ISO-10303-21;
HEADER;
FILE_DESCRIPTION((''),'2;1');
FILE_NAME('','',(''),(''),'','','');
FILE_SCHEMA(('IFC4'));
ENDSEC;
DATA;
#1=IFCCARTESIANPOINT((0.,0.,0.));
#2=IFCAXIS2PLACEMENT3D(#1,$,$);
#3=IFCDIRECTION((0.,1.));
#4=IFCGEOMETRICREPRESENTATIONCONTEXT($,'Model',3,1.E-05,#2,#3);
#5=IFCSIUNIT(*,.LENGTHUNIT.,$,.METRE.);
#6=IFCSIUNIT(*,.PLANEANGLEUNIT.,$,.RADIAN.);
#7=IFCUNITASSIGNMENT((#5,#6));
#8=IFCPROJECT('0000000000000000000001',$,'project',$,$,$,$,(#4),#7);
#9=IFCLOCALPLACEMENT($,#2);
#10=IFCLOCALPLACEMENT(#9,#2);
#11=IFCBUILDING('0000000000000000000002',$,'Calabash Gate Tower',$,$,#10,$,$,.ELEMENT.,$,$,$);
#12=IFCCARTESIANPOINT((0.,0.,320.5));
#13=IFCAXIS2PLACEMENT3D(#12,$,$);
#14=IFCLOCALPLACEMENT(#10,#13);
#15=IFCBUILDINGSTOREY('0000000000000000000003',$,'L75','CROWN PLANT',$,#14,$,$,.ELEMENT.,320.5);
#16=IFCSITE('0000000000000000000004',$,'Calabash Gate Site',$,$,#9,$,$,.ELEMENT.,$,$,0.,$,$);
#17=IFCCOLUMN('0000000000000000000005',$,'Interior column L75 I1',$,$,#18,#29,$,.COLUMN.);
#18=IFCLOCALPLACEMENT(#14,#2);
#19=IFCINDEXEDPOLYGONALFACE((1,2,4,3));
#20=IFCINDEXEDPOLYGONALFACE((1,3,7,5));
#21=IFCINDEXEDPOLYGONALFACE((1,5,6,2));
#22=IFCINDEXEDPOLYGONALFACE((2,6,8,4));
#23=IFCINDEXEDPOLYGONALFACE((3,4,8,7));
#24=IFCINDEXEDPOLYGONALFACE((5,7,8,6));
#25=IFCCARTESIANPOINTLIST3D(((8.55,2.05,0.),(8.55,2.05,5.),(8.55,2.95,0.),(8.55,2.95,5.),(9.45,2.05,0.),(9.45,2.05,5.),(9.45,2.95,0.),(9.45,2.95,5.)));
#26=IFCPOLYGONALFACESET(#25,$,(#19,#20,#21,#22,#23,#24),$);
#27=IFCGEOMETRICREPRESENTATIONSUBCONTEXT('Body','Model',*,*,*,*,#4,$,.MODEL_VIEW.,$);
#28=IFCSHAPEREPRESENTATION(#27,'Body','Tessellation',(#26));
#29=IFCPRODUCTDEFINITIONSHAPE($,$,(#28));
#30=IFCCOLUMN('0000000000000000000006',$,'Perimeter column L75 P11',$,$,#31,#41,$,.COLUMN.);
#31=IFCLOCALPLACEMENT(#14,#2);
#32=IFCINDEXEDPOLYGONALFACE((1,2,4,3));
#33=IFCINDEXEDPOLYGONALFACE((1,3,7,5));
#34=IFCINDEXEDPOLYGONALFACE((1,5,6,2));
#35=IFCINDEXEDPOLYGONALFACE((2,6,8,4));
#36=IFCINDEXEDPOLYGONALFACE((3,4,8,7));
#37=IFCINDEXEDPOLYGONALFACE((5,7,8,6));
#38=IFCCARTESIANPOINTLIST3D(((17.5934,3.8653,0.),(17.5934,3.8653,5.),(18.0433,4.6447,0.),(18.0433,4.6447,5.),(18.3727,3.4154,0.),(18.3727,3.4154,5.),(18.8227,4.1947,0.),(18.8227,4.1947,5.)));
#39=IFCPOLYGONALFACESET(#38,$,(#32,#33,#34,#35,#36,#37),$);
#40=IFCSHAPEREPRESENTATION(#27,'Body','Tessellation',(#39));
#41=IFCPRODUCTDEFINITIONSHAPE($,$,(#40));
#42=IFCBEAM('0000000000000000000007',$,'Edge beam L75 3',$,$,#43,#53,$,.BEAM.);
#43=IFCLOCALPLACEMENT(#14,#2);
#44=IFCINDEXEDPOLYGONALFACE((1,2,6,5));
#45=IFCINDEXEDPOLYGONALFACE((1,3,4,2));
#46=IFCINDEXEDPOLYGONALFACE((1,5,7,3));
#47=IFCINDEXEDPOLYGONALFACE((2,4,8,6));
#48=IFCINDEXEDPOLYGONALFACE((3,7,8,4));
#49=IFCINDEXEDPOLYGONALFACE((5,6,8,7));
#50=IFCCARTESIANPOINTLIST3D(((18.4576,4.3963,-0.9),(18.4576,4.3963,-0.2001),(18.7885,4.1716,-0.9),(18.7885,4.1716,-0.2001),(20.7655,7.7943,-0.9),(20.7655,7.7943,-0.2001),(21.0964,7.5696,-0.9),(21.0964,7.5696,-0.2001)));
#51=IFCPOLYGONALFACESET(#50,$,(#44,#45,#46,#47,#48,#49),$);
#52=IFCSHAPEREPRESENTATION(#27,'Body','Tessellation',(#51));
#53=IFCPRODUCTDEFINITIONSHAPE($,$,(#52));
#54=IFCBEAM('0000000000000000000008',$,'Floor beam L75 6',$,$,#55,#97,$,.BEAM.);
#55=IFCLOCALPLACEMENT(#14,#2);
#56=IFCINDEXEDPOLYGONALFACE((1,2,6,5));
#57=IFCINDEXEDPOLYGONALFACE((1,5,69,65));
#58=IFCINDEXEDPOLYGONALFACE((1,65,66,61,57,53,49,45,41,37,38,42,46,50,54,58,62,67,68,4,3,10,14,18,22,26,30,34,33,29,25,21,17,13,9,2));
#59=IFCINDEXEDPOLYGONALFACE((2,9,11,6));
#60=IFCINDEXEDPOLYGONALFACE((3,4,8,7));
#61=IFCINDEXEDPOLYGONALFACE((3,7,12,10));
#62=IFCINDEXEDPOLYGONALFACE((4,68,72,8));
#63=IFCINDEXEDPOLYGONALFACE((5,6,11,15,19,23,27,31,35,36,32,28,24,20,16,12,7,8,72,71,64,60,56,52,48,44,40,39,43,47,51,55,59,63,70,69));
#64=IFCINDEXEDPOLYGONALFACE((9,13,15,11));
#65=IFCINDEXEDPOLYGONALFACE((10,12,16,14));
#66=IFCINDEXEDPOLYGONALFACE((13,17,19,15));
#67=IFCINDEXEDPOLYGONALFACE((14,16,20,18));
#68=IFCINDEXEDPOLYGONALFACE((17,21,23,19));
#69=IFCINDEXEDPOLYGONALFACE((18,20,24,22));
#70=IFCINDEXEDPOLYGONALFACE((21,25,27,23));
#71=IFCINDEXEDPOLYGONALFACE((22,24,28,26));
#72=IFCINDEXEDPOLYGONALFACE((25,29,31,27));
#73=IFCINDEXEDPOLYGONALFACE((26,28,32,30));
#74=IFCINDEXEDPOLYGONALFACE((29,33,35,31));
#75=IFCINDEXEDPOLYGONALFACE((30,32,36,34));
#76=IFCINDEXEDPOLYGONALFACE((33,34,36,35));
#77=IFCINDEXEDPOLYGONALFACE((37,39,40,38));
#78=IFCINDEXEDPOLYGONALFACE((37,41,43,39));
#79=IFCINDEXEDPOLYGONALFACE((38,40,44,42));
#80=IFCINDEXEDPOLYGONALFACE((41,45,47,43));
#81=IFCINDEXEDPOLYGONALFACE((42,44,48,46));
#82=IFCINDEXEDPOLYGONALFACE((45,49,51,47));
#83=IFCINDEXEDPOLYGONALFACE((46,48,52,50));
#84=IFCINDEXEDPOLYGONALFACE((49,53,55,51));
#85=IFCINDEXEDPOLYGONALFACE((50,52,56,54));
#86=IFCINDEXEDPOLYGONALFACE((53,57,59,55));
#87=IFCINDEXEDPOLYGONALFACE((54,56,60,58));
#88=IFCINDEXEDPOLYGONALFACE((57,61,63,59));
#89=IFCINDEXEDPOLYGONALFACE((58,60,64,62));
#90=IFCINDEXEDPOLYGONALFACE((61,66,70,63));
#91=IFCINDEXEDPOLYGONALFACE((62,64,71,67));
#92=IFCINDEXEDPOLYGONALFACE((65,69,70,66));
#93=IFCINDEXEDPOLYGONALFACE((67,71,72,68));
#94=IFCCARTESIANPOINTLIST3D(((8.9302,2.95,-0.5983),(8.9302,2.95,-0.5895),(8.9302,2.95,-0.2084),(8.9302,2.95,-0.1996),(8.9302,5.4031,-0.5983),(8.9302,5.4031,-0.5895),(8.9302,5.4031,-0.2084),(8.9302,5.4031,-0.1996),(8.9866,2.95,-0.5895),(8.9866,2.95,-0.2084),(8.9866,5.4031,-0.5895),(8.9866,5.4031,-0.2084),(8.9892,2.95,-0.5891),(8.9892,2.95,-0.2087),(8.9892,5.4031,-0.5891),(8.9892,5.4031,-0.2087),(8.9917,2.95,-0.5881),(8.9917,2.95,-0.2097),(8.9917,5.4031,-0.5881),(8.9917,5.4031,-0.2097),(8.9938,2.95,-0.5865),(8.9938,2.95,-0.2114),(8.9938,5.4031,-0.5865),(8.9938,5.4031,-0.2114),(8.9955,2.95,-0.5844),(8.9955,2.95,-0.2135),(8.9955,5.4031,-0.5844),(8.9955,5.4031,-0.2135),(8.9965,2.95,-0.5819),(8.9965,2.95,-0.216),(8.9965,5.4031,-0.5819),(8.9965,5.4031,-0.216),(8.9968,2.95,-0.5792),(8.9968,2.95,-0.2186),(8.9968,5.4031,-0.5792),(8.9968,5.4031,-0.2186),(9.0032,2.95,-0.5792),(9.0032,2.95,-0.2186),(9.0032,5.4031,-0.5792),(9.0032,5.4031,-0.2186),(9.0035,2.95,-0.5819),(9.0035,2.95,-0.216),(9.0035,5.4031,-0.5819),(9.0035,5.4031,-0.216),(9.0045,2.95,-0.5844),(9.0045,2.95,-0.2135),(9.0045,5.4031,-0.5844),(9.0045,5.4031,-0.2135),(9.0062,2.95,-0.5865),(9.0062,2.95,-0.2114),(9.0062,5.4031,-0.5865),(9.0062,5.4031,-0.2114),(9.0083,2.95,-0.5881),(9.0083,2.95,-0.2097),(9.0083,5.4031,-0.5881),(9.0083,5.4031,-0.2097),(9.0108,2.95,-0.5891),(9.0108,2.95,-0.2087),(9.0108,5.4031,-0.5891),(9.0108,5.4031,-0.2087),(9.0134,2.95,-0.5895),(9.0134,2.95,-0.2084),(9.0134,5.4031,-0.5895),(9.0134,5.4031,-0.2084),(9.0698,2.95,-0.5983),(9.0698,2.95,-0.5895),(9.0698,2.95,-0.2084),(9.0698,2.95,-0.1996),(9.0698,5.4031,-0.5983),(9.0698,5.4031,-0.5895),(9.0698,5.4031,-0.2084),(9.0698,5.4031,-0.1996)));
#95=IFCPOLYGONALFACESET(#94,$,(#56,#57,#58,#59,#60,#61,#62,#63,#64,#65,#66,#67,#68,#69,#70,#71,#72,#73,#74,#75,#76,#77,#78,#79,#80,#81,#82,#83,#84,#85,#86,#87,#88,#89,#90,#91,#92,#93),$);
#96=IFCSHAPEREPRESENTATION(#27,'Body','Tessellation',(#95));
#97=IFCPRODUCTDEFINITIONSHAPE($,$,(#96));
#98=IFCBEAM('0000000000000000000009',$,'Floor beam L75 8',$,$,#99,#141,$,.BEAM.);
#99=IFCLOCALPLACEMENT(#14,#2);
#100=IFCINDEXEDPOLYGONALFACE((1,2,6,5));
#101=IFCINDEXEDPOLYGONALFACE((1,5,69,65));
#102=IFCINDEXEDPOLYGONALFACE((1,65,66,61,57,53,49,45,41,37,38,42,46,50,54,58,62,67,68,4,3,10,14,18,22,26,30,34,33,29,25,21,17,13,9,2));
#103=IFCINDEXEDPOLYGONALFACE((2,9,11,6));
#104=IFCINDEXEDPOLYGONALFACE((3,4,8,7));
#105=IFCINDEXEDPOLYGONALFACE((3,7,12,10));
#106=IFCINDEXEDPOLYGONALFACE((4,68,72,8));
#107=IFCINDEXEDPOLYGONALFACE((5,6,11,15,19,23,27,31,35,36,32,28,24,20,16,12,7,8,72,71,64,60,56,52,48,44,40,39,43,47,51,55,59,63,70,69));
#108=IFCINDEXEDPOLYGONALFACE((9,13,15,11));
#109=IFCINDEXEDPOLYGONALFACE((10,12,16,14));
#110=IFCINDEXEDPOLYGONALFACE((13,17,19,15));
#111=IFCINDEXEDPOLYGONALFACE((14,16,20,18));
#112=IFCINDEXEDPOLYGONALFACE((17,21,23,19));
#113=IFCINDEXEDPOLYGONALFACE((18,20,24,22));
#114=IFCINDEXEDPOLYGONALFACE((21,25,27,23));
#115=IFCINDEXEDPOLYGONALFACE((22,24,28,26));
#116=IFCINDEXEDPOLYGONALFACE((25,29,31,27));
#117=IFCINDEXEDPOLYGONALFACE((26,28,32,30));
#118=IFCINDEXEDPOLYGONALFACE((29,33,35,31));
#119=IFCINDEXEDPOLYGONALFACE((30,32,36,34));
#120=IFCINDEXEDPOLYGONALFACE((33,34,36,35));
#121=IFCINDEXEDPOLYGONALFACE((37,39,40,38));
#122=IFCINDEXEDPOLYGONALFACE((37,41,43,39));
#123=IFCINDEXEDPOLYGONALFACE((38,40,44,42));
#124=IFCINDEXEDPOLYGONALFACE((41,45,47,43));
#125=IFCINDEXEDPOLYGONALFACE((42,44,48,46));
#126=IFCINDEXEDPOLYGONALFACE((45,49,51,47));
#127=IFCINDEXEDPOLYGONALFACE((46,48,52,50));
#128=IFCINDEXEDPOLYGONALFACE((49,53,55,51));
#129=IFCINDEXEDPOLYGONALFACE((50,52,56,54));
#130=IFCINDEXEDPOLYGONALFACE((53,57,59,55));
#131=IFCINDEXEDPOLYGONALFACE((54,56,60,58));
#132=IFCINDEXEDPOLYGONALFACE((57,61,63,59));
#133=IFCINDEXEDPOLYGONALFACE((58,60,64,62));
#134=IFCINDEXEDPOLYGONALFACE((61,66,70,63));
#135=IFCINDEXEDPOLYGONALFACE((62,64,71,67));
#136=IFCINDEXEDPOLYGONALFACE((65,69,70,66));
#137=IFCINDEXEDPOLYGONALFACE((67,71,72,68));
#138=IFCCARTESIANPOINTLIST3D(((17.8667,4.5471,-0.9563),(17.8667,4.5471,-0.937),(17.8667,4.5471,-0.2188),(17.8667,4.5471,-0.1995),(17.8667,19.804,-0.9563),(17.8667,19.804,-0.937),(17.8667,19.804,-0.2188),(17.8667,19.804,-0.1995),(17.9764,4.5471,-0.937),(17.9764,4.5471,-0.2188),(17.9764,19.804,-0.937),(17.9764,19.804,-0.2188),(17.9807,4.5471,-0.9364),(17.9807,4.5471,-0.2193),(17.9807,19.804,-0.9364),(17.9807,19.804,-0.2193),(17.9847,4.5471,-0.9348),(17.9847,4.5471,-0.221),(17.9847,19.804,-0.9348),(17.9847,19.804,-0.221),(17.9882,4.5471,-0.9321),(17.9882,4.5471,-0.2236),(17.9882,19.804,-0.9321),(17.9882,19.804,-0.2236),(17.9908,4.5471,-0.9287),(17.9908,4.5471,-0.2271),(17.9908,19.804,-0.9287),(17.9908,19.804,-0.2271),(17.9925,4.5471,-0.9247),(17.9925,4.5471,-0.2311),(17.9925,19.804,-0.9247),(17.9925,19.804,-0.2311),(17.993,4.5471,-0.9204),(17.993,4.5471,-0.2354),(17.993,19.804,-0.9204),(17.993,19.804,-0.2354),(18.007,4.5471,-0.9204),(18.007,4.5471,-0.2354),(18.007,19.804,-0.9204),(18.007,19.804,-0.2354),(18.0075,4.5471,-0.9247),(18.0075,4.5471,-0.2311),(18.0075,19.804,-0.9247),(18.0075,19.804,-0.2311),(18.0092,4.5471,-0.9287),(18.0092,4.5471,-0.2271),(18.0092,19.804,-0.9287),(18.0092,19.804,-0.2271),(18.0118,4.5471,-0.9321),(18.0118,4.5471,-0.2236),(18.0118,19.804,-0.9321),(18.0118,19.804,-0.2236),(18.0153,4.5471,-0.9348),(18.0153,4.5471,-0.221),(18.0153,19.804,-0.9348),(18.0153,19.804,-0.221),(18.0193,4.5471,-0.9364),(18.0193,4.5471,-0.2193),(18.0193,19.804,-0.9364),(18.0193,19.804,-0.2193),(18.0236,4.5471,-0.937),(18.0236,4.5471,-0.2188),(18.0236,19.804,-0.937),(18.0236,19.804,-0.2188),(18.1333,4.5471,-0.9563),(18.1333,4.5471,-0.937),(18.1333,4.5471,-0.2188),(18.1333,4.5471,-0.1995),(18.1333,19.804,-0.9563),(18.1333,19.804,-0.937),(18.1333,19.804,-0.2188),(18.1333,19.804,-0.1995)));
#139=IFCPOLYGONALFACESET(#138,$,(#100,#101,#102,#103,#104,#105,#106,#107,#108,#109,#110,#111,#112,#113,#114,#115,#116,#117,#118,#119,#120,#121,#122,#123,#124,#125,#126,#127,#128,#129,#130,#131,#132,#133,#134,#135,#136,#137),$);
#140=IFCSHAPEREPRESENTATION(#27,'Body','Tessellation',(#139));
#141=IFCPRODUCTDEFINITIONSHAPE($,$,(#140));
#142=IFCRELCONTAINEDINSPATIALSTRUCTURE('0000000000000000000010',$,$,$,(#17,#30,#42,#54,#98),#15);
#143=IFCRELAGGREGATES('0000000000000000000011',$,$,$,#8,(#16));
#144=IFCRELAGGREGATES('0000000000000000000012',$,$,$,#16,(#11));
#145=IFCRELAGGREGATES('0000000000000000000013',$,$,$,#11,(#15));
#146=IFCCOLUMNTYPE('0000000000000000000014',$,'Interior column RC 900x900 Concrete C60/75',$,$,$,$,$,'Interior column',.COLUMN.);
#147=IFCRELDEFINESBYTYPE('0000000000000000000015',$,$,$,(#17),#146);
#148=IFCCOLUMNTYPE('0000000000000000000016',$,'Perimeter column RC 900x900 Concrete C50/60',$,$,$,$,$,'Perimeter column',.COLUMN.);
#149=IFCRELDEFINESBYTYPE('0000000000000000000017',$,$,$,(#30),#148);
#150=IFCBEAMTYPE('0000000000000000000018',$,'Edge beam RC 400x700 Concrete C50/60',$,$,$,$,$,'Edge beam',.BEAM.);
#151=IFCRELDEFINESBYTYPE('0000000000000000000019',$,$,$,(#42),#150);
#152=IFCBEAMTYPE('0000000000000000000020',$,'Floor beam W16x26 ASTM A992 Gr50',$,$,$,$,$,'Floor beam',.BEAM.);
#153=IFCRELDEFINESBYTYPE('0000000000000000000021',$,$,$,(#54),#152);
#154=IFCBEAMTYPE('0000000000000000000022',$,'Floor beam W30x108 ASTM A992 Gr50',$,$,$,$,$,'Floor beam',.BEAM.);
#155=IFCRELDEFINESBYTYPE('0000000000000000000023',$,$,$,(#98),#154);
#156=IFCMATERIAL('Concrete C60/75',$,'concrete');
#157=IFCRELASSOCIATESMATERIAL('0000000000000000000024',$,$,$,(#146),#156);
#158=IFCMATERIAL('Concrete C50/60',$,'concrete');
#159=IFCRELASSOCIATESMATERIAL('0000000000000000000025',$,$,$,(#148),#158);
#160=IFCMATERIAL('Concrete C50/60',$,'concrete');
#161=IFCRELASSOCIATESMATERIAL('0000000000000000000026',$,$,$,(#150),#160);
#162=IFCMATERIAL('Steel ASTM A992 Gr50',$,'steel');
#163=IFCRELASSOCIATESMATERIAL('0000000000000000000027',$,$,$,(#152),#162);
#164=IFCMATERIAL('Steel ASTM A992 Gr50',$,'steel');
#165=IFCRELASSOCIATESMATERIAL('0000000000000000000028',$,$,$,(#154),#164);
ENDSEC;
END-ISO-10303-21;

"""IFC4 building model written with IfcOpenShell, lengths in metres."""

from ifc_helpers import new_model, si_unit, direction, frame, origin, origin_2d, place, context, subcontext, project, spatial, rectangle, i_section, extrude, material, material_profile, profile_set, type_object, element, save


model = new_model("IFC4")

# Units and contexts
model_context = context("Model", 3, precision=1e-05, world=origin(), true_north=direction((0.0, 1.0)))
body_context = subcontext(model_context, "Body", "Model", "MODEL_VIEW")
ifc_project = project(units=[si_unit("LENGTHUNIT", "METRE"), si_unit("PLANEANGLEUNIT", "RADIAN")], contexts=[model_context])

# Site, building, storey
site_placement = place(None, origin())
site = spatial("IfcSite", under=ifc_project, at=site_placement, Name="Calabash Gate Site", CompositionType="ELEMENT", RefElevation=0.0)
building_placement = place(site_placement, origin())
building = spatial("IfcBuilding", under=site, at=building_placement, Name="Calabash Gate Tower", CompositionType="ELEMENT")
storey_placement = place(building_placement, frame((0.0, 0.0, 320.5)))
storey = spatial("IfcBuildingStorey", under=building, at=storey_placement, Name="L75", Description="CROWN PLANT", CompositionType="ELEMENT", Elevation=320.5)

# Columns
ifc_material_1 = material(Name="Concrete C60/75", Category="concrete")
ifc_material_profile_1 = material_profile(ifc_material_1, rectangle(XDim=0.8999, YDim=0.8999, at=origin_2d()))
ifc_profile_set_1 = profile_set([ifc_material_profile_1], Name="Concrete C60/75")
column_type_1 = type_object("IfcColumnType", Name="Interior column RC 900x900 Concrete C60/75", ElementType="Interior column", PredefinedType="COLUMN", material=ifc_profile_set_1)
column_1_placement = place(storey_placement, frame((9.0, 2.5, 0.0), z_axis=(0.0, 0.0, 1.0), x_axis=(1.0, 0.0, 0.0)))
element("IfcColumn", 1, at=column_1_placement, inside=storey, type_object=column_type_1, Name="Interior column L75 I1", PredefinedType="COLUMN", context=body_context, shape_type="SweptSolid", body=[
    extrude(rectangle(XDim=0.8999, YDim=0.8999, at=origin_2d()), origin(), (0.0, 0.0, 1.0), 5.0),
])
ifc_material_2 = material(Name="Concrete C50/60", Category="concrete")
ifc_material_profile_2 = material_profile(ifc_material_2, rectangle(XDim=0.8999, YDim=0.8999, at=origin_2d()))
ifc_profile_set_2 = profile_set([ifc_material_profile_2], Name="Concrete C50/60")
column_type_2 = type_object("IfcColumnType", Name="Perimeter column RC 900x900 Concrete C50/60", ElementType="Perimeter column", PredefinedType="COLUMN", material=ifc_profile_set_2)
column_2_placement = place(storey_placement, frame((18.208, 4.03, 0.0), z_axis=(0.0, 0.0, 1.0), x_axis=(0.5, 0.866025, 0.0)))
element("IfcColumn", 2, at=column_2_placement, inside=storey, type_object=column_type_2, Name="Perimeter column L75 P11", PredefinedType="COLUMN", context=body_context, shape_type="SweptSolid", body=[
    extrude(rectangle(XDim=0.8999, YDim=0.8999, at=origin_2d()), origin(), (0.0, 0.0, 1.0), 5.0),
])

# Beams
ifc_material_3 = material(Name="Concrete C50/60", Category="concrete")
ifc_material_profile_3 = material_profile(ifc_material_3, rectangle(XDim=0.3999, YDim=0.7, at=origin_2d()))
ifc_profile_set_3 = profile_set([ifc_material_profile_3], Name="Concrete C50/60")
beam_type_1 = type_object("IfcBeamType", Name="Edge beam RC 400x700 Concrete C50/60", ElementType="Edge beam", PredefinedType="BEAM", material=ifc_profile_set_3)
beam_1_placement = place(storey_placement, frame((18.623, 4.2839, -0.55), z_axis=(0.561853, 0.827237, 0.0), x_axis=(-0.827237, 0.561853, 0.0)))
element("IfcBeam", 3, at=beam_1_placement, inside=storey, type_object=beam_type_1, Name="Edge beam L75 3", PredefinedType="BEAM", context=body_context, shape_type="SweptSolid", body=[
    extrude(rectangle(XDim=0.3999, YDim=0.7, at=origin_2d()), origin(), (0.0, 0.0, 1.0), 4.1077),
])
ifc_material_4 = material(Name="Steel ASTM A992 Gr50", Category="steel")
ifc_material_profile_4 = material_profile(ifc_material_4, i_section(OverallWidth=0.1396, OverallDepth=0.3987, WebThickness=0.0063, FlangeThickness=0.0088, FilletRadius=0.0103, at=origin_2d()))
ifc_profile_set_4 = profile_set([ifc_material_profile_4], Name="Steel ASTM A992 Gr50")
beam_type_2 = type_object("IfcBeamType", Name="Floor beam W16x26 ASTM A992 Gr50", ElementType="Floor beam", PredefinedType="BEAM", material=ifc_profile_set_4)
beam_2_placement = place(storey_placement, frame((9.0, 2.95, -0.3989), z_axis=(0.0, 1.0, 0.0), x_axis=(-1.0, 0.0, 0.0)))
element("IfcBeam", 4, at=beam_2_placement, inside=storey, type_object=beam_type_2, Name="Floor beam L75 6", PredefinedType="BEAM", context=body_context, shape_type="SweptSolid", body=[
    extrude(i_section(OverallWidth=0.1396, OverallDepth=0.3987, WebThickness=0.0063, FlangeThickness=0.0088, FilletRadius=0.0103, at=origin_2d()), origin(), (0.0, 0.0, 1.0), 2.4531),
])
ifc_material_5 = material(Name="Steel ASTM A992 Gr50", Category="steel")
ifc_material_profile_5 = material_profile(ifc_material_5, i_section(OverallWidth=0.2666, OverallDepth=0.7568, WebThickness=0.0139, FlangeThickness=0.0193, FilletRadius=0.0166, at=origin_2d()))
ifc_profile_set_5 = profile_set([ifc_material_profile_5], Name="Steel ASTM A992 Gr50")
beam_type_3 = type_object("IfcBeamType", Name="Floor beam W30x108 ASTM A992 Gr50", ElementType="Floor beam", PredefinedType="BEAM", material=ifc_profile_set_5)
beam_3_placement = place(storey_placement, frame((18.0, 4.5471, -0.5779), z_axis=(0.0, 1.0, 0.0), x_axis=(-1.0, 0.0, 0.0)))
element("IfcBeam", 5, at=beam_3_placement, inside=storey, type_object=beam_type_3, Name="Floor beam L75 8", PredefinedType="BEAM", context=body_context, shape_type="SweptSolid", body=[
    extrude(i_section(OverallWidth=0.2666, OverallDepth=0.7568, WebThickness=0.0139, FlangeThickness=0.0193, FilletRadius=0.0166, at=origin_2d()), origin(), (0.0, 0.0, 1.0), 15.2568),
])

save(model, "model.ifc")
